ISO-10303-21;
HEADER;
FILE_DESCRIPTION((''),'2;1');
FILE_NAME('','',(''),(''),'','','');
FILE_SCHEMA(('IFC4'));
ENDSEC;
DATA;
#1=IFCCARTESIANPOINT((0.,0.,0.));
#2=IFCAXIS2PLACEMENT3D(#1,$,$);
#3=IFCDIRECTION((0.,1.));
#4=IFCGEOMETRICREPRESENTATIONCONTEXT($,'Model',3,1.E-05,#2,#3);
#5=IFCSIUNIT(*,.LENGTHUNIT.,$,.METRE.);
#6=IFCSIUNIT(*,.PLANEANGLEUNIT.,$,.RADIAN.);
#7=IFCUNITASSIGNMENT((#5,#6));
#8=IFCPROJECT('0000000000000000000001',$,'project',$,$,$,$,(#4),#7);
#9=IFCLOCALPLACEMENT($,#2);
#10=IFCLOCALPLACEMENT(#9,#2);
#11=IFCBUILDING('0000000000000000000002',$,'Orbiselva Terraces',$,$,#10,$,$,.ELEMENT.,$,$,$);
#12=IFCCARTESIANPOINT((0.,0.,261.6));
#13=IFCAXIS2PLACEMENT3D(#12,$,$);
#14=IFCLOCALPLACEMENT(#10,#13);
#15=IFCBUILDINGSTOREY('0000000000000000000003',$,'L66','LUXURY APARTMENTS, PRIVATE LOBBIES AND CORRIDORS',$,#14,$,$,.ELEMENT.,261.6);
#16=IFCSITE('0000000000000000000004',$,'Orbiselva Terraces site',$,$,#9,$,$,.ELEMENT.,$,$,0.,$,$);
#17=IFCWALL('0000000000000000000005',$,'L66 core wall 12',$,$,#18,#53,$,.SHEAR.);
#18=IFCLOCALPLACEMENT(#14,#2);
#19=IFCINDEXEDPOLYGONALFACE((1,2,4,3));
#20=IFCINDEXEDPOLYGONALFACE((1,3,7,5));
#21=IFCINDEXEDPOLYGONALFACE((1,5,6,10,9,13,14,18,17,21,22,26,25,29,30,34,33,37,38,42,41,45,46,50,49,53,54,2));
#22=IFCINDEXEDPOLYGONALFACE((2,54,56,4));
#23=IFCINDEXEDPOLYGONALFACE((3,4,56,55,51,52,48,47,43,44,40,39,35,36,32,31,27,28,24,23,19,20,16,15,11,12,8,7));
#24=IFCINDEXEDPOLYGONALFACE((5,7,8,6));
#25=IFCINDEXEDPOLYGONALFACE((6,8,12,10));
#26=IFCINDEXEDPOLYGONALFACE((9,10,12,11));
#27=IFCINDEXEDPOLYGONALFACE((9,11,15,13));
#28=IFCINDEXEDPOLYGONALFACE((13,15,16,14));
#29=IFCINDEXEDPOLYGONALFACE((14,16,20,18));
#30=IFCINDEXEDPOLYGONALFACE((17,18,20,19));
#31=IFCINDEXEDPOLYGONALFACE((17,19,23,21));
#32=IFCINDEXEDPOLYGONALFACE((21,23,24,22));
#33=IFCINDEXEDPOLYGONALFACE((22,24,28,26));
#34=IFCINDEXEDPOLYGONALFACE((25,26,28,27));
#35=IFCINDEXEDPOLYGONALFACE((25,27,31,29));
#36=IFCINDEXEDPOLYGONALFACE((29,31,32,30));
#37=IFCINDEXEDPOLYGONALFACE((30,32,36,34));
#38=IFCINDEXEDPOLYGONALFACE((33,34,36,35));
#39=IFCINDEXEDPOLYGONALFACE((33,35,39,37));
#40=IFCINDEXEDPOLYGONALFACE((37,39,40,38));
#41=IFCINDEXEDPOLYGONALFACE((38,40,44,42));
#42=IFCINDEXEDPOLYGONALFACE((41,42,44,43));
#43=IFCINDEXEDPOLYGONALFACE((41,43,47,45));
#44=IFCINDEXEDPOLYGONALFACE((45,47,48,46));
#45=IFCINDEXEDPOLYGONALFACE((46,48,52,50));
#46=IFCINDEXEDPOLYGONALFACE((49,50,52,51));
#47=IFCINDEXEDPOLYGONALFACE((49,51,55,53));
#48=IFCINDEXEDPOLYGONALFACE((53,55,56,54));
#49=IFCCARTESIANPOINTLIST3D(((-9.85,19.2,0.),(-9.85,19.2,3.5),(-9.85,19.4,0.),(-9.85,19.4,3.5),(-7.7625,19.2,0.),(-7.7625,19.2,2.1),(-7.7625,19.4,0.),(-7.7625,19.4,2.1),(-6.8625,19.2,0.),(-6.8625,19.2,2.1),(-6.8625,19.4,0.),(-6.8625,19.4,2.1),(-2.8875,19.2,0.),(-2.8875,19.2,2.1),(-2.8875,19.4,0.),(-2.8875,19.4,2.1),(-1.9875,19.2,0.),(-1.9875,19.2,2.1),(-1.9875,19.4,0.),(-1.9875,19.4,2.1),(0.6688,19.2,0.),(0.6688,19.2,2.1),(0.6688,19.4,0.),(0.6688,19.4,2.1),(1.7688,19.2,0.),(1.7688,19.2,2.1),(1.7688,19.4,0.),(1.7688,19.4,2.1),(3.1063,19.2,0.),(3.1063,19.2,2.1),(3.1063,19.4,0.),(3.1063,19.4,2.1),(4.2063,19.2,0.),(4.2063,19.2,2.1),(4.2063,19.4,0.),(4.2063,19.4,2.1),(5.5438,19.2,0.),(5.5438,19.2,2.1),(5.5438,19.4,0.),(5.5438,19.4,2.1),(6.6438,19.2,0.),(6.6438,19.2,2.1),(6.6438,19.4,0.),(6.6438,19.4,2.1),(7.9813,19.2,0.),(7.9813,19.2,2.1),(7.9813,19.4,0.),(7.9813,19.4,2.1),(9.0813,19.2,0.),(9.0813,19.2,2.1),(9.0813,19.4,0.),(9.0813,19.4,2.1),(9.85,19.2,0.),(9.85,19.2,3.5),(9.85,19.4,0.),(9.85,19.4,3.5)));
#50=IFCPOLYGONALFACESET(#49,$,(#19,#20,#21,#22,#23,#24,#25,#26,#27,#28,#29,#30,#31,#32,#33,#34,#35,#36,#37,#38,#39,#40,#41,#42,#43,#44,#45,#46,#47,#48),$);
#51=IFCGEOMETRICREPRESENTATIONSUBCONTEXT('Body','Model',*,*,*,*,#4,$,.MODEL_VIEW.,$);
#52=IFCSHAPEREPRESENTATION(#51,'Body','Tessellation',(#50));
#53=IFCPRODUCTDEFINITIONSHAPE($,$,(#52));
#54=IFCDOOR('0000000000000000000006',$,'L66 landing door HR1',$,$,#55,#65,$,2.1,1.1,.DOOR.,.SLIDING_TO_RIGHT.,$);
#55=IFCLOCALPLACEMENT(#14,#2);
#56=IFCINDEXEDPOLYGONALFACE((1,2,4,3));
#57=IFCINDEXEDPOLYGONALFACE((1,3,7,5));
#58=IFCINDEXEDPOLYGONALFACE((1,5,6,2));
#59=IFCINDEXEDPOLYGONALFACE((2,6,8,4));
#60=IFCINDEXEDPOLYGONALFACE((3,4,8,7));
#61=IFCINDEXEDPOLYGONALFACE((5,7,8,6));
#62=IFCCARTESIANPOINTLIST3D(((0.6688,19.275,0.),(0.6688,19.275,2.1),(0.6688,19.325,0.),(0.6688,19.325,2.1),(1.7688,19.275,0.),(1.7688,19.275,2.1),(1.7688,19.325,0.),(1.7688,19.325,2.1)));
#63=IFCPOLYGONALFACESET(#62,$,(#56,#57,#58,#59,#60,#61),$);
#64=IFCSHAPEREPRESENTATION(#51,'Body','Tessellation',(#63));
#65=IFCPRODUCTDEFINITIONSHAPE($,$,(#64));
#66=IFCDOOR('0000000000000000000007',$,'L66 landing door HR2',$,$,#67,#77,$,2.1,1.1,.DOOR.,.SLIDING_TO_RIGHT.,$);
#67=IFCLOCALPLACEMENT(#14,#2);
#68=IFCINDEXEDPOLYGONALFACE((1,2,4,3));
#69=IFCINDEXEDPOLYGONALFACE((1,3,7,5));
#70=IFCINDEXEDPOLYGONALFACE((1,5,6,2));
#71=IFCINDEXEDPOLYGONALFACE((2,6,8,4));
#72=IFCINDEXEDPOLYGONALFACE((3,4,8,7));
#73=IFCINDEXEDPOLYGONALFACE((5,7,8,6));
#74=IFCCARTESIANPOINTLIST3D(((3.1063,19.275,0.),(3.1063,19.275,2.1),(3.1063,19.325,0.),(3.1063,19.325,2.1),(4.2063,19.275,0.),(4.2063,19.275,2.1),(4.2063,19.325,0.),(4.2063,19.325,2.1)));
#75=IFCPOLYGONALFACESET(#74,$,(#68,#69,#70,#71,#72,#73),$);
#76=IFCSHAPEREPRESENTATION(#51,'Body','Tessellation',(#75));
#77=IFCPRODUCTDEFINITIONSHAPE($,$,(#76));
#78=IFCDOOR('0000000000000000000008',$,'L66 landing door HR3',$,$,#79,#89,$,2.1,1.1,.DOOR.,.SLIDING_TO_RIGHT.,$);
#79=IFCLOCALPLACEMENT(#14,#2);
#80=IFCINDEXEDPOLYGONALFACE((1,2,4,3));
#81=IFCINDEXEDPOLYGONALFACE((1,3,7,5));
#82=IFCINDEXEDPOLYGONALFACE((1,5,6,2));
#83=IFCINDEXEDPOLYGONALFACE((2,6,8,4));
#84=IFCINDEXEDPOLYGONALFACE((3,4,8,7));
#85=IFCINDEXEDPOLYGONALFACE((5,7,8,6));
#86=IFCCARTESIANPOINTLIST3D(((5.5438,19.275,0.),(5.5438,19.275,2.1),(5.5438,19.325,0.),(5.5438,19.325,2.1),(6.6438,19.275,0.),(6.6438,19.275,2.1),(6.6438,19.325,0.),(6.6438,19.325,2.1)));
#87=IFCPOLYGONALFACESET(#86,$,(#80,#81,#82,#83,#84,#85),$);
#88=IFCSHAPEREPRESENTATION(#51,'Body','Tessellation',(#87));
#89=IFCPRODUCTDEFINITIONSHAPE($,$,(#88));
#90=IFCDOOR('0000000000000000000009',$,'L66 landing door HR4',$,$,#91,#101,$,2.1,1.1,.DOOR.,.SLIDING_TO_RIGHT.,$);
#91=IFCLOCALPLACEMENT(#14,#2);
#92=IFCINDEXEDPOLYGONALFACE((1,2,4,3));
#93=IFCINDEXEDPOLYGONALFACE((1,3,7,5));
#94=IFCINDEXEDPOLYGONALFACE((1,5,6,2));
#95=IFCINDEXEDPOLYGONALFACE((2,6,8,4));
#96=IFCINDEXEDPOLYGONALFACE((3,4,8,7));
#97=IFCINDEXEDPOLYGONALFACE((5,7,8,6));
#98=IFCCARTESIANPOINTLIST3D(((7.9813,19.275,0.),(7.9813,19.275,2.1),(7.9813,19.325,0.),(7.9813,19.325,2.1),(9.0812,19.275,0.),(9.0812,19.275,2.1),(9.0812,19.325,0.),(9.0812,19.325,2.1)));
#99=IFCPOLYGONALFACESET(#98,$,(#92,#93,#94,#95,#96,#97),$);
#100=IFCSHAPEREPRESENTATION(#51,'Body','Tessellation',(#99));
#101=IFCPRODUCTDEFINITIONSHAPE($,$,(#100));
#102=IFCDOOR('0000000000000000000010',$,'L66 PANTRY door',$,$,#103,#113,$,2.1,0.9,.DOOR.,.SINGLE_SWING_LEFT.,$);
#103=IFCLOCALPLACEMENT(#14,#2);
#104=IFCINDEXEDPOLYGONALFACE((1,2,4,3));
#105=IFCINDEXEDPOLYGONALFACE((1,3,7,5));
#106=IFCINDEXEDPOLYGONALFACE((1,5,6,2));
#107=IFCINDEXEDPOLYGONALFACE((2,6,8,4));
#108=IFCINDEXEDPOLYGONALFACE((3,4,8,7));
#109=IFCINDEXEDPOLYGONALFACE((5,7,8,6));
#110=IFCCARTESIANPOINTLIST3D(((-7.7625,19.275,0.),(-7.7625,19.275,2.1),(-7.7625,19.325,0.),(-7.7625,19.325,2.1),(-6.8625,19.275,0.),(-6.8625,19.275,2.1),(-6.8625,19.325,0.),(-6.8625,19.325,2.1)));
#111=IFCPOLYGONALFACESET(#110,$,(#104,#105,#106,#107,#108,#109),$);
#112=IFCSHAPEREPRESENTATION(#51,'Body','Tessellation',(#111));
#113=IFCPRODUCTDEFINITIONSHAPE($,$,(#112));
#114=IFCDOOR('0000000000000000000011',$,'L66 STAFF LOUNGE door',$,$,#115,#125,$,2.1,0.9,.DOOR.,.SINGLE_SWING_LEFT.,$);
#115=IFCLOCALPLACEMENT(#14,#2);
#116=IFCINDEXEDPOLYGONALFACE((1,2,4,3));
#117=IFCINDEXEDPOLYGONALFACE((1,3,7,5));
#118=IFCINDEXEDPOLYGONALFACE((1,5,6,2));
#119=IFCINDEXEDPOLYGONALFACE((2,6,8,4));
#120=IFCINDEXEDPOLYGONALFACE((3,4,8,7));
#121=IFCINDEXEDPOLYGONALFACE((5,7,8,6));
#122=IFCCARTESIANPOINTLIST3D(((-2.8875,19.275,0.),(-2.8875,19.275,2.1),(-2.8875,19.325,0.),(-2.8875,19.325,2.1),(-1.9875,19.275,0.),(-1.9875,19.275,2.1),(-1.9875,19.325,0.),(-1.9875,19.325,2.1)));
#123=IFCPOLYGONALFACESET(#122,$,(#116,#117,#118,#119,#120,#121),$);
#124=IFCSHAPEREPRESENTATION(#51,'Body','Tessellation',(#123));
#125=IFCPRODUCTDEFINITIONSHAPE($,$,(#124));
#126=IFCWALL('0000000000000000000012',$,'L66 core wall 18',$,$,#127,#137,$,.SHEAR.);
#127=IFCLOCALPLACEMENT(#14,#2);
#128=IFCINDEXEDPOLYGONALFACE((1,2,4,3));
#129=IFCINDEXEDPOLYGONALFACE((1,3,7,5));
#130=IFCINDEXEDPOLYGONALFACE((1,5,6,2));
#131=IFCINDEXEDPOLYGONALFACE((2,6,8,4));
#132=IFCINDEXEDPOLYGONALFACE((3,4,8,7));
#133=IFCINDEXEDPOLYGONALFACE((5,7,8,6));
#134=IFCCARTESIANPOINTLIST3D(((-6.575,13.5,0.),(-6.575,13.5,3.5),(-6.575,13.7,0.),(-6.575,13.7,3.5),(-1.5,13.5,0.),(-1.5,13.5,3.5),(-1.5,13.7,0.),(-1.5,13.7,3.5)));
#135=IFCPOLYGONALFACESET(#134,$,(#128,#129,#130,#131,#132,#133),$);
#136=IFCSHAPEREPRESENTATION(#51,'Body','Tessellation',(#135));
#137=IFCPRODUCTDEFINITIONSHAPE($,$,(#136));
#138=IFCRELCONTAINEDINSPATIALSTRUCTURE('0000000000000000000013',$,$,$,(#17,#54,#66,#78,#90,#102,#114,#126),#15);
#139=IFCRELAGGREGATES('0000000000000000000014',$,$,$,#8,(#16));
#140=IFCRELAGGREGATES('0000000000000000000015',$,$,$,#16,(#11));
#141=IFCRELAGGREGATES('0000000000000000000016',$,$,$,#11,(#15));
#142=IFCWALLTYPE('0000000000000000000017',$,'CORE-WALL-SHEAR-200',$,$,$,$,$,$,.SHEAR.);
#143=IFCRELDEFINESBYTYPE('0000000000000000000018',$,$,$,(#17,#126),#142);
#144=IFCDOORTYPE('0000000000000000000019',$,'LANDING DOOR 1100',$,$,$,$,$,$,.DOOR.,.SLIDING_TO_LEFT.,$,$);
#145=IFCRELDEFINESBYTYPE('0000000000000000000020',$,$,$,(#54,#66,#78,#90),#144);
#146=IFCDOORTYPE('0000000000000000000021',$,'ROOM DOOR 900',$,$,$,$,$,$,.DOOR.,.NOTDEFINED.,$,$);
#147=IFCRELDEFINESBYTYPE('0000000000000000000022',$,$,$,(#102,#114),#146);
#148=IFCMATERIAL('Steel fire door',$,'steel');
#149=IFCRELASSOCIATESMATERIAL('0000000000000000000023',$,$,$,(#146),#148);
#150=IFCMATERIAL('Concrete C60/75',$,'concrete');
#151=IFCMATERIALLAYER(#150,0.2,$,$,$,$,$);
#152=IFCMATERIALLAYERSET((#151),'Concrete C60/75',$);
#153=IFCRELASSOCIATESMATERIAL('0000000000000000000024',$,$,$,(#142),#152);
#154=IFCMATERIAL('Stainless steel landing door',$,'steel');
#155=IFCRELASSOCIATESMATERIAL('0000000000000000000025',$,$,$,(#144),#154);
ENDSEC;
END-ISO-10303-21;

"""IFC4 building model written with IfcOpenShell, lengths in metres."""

from ifc_helpers import new_model, si_unit, direction, frame, frame_2d, origin, place, context, subcontext, project, spatial, rectangle, extrude, material, layer, layer_set, type_object, element, fill, save


model = new_model("IFC4")

# Units and contexts
model_context = context("Model", 3, precision=1e-05, world=origin(), true_north=direction((0.0, 1.0)))
body_context = subcontext(model_context, "Body", "Model", "MODEL_VIEW")
ifc_project = project(units=[si_unit("LENGTHUNIT", "METRE"), si_unit("PLANEANGLEUNIT", "RADIAN")], contexts=[model_context])

# Site, building, storey
site_placement = place(None, origin())
site = spatial("IfcSite", under=ifc_project, at=site_placement, Name="Orbiselva Terraces site", CompositionType="ELEMENT", RefElevation=0.0)
building_placement = place(site_placement, origin())
building = spatial("IfcBuilding", under=site, at=building_placement, Name="Orbiselva Terraces", CompositionType="ELEMENT")
storey_placement = place(building_placement, frame((0.0, 0.0, 261.6)))
storey = spatial("IfcBuildingStorey", under=building, at=storey_placement, Name="L66", Description="LUXURY APARTMENTS, PRIVATE LOBBIES AND CORRIDORS", CompositionType="ELEMENT", Elevation=261.6)

# Shared definitions
ifc_material_1 = material(Name="Steel fire door", Category="steel")
door_type_1 = type_object("IfcDoorType", Name="ROOM DOOR 900", OperationType="NOTDEFINED", PredefinedType="DOOR", material=ifc_material_1)

# Shared definitions
ifc_material_2 = material(Name="Concrete C60/75", Category="concrete")
ifc_layer_1 = layer(ifc_material_2, 0.2)
ifc_layer_set_1 = layer_set([ifc_layer_1], Name="Concrete C60/75")
wall_type_1 = type_object("IfcWallType", Name="CORE-WALL-SHEAR-200", PredefinedType="SHEAR", material=ifc_layer_set_1)

# Wall, openings, doors
wall_1_placement = place(storey_placement, frame((-9.85, 19.3, 0.0), z_axis=(0.0, 0.0, 1.0), x_axis=(1.0, 0.0, 0.0)))
wall_1 = element("IfcWall", 1, at=wall_1_placement, inside=storey, type_object=wall_type_1, Name="L66 core wall 12", PredefinedType="SHEAR", context=body_context, shape_type="SweptSolid", body=[
    extrude(rectangle(XDim=19.7, YDim=0.2, at=frame_2d((9.85, 0.0))), origin(), (0.0, 0.0, 1.0), 3.5),
])
opening_1_placement = place(wall_1_placement, frame((10.5188, 0.0, 0.0)))
opening_1 = element("IfcOpeningElement", 2, at=opening_1_placement, cuts=wall_1, PredefinedType="OPENING", context=body_context, shape_type="SweptSolid", body=[
    extrude(rectangle(XDim=1.1, YDim=2.1, at=frame_2d((0.55, 1.05))), frame((0.0, 0.11, 0.0), z_axis=(0.0, -1.0, 0.0), x_axis=(1.0, 0.0, 0.0)), (0.0, 0.0, 1.0), 0.22),
])
opening_2_placement = place(wall_1_placement, frame((12.9563, 0.0, 0.0)))
opening_2 = element("IfcOpeningElement", 3, at=opening_2_placement, cuts=wall_1, PredefinedType="OPENING", context=body_context, shape_type="SweptSolid", body=[
    extrude(rectangle(XDim=1.1, YDim=2.1, at=frame_2d((0.55, 1.05))), frame((0.0, 0.11, 0.0), z_axis=(0.0, -1.0, 0.0), x_axis=(1.0, 0.0, 0.0)), (0.0, 0.0, 1.0), 0.22),
])
opening_3_placement = place(wall_1_placement, frame((15.3938, 0.0, 0.0)))
opening_3 = element("IfcOpeningElement", 4, at=opening_3_placement, cuts=wall_1, PredefinedType="OPENING", context=body_context, shape_type="SweptSolid", body=[
    extrude(rectangle(XDim=1.1, YDim=2.1, at=frame_2d((0.55, 1.05))), frame((0.0, 0.11, 0.0), z_axis=(0.0, -1.0, 0.0), x_axis=(1.0, 0.0, 0.0)), (0.0, 0.0, 1.0), 0.22),
])
opening_4_placement = place(wall_1_placement, frame((17.8313, 0.0, 0.0)))
opening_4 = element("IfcOpeningElement", 5, at=opening_4_placement, cuts=wall_1, PredefinedType="OPENING", context=body_context, shape_type="SweptSolid", body=[
    extrude(rectangle(XDim=1.1, YDim=2.1, at=frame_2d((0.55, 1.05))), frame((0.0, 0.11, 0.0), z_axis=(0.0, -1.0, 0.0), x_axis=(1.0, 0.0, 0.0)), (0.0, 0.0, 1.0), 0.22),
])
opening_5_placement = place(wall_1_placement, frame((2.0875, 0.0, 0.0)))
opening_5 = element("IfcOpeningElement", 6, at=opening_5_placement, cuts=wall_1, PredefinedType="OPENING", context=body_context, shape_type="SweptSolid", body=[
    extrude(rectangle(XDim=0.9, YDim=2.1, at=frame_2d((0.45, 1.05))), frame((0.0, 0.11, 0.0), z_axis=(0.0, -1.0, 0.0), x_axis=(1.0, 0.0, 0.0)), (0.0, 0.0, 1.0), 0.22),
])
opening_6_placement = place(wall_1_placement, frame((6.9625, 0.0, 0.0)))
opening_6 = element("IfcOpeningElement", 7, at=opening_6_placement, cuts=wall_1, PredefinedType="OPENING", context=body_context, shape_type="SweptSolid", body=[
    extrude(rectangle(XDim=0.9, YDim=2.1, at=frame_2d((0.45, 1.05))), frame((0.0, 0.11, 0.0), z_axis=(0.0, -1.0, 0.0), x_axis=(1.0, 0.0, 0.0)), (0.0, 0.0, 1.0), 0.22),
])
ifc_material_3 = material(Name="Stainless steel landing door", Category="steel")
door_type_2 = type_object("IfcDoorType", Name="LANDING DOOR 1100", OperationType="SLIDING_TO_LEFT", PredefinedType="DOOR", material=ifc_material_3)
door_1_placement = place(opening_1_placement, origin())
door_1 = element("IfcDoor", 8, at=door_1_placement, inside=storey, type_object=door_type_2, Name="L66 landing door HR1", OperationType="SLIDING_TO_RIGHT", OverallHeight=2.1, OverallWidth=1.1, PredefinedType="DOOR", context=body_context, shape_type="SweptSolid", body=[
    extrude(rectangle(XDim=1.1, YDim=2.1, at=frame_2d((0.55, 1.05))), frame((0.0, 0.025, 0.0), z_axis=(0.0, -1.0, 0.0), x_axis=(1.0, 0.0, 0.0)), (0.0, 0.0, 1.0), 0.05),
])
fill(opening_1, door_1)
door_2_placement = place(opening_2_placement, origin())
door_2 = element("IfcDoor", 9, at=door_2_placement, inside=storey, type_object=door_type_2, Name="L66 landing door HR2", OperationType="SLIDING_TO_RIGHT", OverallHeight=2.1, OverallWidth=1.1, PredefinedType="DOOR", context=body_context, shape_type="SweptSolid", body=[
    extrude(rectangle(XDim=1.1, YDim=2.1, at=frame_2d((0.55, 1.05))), frame((0.0, 0.025, 0.0), z_axis=(0.0, -1.0, 0.0), x_axis=(1.0, 0.0, 0.0)), (0.0, 0.0, 1.0), 0.05),
])
fill(opening_2, door_2)
door_3_placement = place(opening_3_placement, origin())
door_3 = element("IfcDoor", 10, at=door_3_placement, inside=storey, type_object=door_type_2, Name="L66 landing door HR3", OperationType="SLIDING_TO_RIGHT", OverallHeight=2.1, OverallWidth=1.1, PredefinedType="DOOR", context=body_context, shape_type="SweptSolid", body=[
    extrude(rectangle(XDim=1.1, YDim=2.1, at=frame_2d((0.55, 1.05))), frame((0.0, 0.025, 0.0), z_axis=(0.0, -1.0, 0.0), x_axis=(1.0, 0.0, 0.0)), (0.0, 0.0, 1.0), 0.05),
])
fill(opening_3, door_3)
door_4_placement = place(opening_4_placement, origin())
door_4 = element("IfcDoor", 11, at=door_4_placement, inside=storey, type_object=door_type_2, Name="L66 landing door HR4", OperationType="SLIDING_TO_RIGHT", OverallHeight=2.1, OverallWidth=1.1, PredefinedType="DOOR", context=body_context, shape_type="SweptSolid", body=[
    extrude(rectangle(XDim=1.1, YDim=2.1, at=frame_2d((0.55, 1.05))), frame((0.0, 0.025, 0.0), z_axis=(0.0, -1.0, 0.0), x_axis=(1.0, 0.0, 0.0)), (0.0, 0.0, 1.0), 0.05),
])
fill(opening_4, door_4)
door_5_placement = place(opening_5_placement, origin())
door_5 = element("IfcDoor", 12, at=door_5_placement, inside=storey, type_object=door_type_1, Name="L66 PANTRY door", OperationType="SINGLE_SWING_LEFT", OverallHeight=2.1, OverallWidth=0.9, PredefinedType="DOOR", context=body_context, shape_type="SweptSolid", body=[
    extrude(rectangle(XDim=0.9, YDim=2.1, at=frame_2d((0.45, 1.05))), frame((0.0, 0.025, 0.0), z_axis=(0.0, -1.0, 0.0), x_axis=(1.0, 0.0, 0.0)), (0.0, 0.0, 1.0), 0.05),
])
fill(opening_5, door_5)
door_6_placement = place(opening_6_placement, origin())
door_6 = element("IfcDoor", 13, at=door_6_placement, inside=storey, type_object=door_type_1, Name="L66 STAFF LOUNGE door", OperationType="SINGLE_SWING_LEFT", OverallHeight=2.1, OverallWidth=0.9, PredefinedType="DOOR", context=body_context, shape_type="SweptSolid", body=[
    extrude(rectangle(XDim=0.9, YDim=2.1, at=frame_2d((0.45, 1.05))), frame((0.0, 0.025, 0.0), z_axis=(0.0, -1.0, 0.0), x_axis=(1.0, 0.0, 0.0)), (0.0, 0.0, 1.0), 0.05),
])
fill(opening_6, door_6)

# Wall
wall_2_placement = place(storey_placement, frame((-6.575, 13.6, 0.0), z_axis=(0.0, 0.0, 1.0), x_axis=(1.0, 0.0, 0.0)))
element("IfcWall", 14, at=wall_2_placement, inside=storey, type_object=wall_type_1, Name="L66 core wall 18", PredefinedType="SHEAR", context=body_context, shape_type="SweptSolid", body=[
    extrude(rectangle(XDim=5.075, YDim=0.2, at=frame_2d((2.5375, 0.0))), origin(), (0.0, 0.0, 1.0), 3.5),
])

save(model, "model.ifc")
